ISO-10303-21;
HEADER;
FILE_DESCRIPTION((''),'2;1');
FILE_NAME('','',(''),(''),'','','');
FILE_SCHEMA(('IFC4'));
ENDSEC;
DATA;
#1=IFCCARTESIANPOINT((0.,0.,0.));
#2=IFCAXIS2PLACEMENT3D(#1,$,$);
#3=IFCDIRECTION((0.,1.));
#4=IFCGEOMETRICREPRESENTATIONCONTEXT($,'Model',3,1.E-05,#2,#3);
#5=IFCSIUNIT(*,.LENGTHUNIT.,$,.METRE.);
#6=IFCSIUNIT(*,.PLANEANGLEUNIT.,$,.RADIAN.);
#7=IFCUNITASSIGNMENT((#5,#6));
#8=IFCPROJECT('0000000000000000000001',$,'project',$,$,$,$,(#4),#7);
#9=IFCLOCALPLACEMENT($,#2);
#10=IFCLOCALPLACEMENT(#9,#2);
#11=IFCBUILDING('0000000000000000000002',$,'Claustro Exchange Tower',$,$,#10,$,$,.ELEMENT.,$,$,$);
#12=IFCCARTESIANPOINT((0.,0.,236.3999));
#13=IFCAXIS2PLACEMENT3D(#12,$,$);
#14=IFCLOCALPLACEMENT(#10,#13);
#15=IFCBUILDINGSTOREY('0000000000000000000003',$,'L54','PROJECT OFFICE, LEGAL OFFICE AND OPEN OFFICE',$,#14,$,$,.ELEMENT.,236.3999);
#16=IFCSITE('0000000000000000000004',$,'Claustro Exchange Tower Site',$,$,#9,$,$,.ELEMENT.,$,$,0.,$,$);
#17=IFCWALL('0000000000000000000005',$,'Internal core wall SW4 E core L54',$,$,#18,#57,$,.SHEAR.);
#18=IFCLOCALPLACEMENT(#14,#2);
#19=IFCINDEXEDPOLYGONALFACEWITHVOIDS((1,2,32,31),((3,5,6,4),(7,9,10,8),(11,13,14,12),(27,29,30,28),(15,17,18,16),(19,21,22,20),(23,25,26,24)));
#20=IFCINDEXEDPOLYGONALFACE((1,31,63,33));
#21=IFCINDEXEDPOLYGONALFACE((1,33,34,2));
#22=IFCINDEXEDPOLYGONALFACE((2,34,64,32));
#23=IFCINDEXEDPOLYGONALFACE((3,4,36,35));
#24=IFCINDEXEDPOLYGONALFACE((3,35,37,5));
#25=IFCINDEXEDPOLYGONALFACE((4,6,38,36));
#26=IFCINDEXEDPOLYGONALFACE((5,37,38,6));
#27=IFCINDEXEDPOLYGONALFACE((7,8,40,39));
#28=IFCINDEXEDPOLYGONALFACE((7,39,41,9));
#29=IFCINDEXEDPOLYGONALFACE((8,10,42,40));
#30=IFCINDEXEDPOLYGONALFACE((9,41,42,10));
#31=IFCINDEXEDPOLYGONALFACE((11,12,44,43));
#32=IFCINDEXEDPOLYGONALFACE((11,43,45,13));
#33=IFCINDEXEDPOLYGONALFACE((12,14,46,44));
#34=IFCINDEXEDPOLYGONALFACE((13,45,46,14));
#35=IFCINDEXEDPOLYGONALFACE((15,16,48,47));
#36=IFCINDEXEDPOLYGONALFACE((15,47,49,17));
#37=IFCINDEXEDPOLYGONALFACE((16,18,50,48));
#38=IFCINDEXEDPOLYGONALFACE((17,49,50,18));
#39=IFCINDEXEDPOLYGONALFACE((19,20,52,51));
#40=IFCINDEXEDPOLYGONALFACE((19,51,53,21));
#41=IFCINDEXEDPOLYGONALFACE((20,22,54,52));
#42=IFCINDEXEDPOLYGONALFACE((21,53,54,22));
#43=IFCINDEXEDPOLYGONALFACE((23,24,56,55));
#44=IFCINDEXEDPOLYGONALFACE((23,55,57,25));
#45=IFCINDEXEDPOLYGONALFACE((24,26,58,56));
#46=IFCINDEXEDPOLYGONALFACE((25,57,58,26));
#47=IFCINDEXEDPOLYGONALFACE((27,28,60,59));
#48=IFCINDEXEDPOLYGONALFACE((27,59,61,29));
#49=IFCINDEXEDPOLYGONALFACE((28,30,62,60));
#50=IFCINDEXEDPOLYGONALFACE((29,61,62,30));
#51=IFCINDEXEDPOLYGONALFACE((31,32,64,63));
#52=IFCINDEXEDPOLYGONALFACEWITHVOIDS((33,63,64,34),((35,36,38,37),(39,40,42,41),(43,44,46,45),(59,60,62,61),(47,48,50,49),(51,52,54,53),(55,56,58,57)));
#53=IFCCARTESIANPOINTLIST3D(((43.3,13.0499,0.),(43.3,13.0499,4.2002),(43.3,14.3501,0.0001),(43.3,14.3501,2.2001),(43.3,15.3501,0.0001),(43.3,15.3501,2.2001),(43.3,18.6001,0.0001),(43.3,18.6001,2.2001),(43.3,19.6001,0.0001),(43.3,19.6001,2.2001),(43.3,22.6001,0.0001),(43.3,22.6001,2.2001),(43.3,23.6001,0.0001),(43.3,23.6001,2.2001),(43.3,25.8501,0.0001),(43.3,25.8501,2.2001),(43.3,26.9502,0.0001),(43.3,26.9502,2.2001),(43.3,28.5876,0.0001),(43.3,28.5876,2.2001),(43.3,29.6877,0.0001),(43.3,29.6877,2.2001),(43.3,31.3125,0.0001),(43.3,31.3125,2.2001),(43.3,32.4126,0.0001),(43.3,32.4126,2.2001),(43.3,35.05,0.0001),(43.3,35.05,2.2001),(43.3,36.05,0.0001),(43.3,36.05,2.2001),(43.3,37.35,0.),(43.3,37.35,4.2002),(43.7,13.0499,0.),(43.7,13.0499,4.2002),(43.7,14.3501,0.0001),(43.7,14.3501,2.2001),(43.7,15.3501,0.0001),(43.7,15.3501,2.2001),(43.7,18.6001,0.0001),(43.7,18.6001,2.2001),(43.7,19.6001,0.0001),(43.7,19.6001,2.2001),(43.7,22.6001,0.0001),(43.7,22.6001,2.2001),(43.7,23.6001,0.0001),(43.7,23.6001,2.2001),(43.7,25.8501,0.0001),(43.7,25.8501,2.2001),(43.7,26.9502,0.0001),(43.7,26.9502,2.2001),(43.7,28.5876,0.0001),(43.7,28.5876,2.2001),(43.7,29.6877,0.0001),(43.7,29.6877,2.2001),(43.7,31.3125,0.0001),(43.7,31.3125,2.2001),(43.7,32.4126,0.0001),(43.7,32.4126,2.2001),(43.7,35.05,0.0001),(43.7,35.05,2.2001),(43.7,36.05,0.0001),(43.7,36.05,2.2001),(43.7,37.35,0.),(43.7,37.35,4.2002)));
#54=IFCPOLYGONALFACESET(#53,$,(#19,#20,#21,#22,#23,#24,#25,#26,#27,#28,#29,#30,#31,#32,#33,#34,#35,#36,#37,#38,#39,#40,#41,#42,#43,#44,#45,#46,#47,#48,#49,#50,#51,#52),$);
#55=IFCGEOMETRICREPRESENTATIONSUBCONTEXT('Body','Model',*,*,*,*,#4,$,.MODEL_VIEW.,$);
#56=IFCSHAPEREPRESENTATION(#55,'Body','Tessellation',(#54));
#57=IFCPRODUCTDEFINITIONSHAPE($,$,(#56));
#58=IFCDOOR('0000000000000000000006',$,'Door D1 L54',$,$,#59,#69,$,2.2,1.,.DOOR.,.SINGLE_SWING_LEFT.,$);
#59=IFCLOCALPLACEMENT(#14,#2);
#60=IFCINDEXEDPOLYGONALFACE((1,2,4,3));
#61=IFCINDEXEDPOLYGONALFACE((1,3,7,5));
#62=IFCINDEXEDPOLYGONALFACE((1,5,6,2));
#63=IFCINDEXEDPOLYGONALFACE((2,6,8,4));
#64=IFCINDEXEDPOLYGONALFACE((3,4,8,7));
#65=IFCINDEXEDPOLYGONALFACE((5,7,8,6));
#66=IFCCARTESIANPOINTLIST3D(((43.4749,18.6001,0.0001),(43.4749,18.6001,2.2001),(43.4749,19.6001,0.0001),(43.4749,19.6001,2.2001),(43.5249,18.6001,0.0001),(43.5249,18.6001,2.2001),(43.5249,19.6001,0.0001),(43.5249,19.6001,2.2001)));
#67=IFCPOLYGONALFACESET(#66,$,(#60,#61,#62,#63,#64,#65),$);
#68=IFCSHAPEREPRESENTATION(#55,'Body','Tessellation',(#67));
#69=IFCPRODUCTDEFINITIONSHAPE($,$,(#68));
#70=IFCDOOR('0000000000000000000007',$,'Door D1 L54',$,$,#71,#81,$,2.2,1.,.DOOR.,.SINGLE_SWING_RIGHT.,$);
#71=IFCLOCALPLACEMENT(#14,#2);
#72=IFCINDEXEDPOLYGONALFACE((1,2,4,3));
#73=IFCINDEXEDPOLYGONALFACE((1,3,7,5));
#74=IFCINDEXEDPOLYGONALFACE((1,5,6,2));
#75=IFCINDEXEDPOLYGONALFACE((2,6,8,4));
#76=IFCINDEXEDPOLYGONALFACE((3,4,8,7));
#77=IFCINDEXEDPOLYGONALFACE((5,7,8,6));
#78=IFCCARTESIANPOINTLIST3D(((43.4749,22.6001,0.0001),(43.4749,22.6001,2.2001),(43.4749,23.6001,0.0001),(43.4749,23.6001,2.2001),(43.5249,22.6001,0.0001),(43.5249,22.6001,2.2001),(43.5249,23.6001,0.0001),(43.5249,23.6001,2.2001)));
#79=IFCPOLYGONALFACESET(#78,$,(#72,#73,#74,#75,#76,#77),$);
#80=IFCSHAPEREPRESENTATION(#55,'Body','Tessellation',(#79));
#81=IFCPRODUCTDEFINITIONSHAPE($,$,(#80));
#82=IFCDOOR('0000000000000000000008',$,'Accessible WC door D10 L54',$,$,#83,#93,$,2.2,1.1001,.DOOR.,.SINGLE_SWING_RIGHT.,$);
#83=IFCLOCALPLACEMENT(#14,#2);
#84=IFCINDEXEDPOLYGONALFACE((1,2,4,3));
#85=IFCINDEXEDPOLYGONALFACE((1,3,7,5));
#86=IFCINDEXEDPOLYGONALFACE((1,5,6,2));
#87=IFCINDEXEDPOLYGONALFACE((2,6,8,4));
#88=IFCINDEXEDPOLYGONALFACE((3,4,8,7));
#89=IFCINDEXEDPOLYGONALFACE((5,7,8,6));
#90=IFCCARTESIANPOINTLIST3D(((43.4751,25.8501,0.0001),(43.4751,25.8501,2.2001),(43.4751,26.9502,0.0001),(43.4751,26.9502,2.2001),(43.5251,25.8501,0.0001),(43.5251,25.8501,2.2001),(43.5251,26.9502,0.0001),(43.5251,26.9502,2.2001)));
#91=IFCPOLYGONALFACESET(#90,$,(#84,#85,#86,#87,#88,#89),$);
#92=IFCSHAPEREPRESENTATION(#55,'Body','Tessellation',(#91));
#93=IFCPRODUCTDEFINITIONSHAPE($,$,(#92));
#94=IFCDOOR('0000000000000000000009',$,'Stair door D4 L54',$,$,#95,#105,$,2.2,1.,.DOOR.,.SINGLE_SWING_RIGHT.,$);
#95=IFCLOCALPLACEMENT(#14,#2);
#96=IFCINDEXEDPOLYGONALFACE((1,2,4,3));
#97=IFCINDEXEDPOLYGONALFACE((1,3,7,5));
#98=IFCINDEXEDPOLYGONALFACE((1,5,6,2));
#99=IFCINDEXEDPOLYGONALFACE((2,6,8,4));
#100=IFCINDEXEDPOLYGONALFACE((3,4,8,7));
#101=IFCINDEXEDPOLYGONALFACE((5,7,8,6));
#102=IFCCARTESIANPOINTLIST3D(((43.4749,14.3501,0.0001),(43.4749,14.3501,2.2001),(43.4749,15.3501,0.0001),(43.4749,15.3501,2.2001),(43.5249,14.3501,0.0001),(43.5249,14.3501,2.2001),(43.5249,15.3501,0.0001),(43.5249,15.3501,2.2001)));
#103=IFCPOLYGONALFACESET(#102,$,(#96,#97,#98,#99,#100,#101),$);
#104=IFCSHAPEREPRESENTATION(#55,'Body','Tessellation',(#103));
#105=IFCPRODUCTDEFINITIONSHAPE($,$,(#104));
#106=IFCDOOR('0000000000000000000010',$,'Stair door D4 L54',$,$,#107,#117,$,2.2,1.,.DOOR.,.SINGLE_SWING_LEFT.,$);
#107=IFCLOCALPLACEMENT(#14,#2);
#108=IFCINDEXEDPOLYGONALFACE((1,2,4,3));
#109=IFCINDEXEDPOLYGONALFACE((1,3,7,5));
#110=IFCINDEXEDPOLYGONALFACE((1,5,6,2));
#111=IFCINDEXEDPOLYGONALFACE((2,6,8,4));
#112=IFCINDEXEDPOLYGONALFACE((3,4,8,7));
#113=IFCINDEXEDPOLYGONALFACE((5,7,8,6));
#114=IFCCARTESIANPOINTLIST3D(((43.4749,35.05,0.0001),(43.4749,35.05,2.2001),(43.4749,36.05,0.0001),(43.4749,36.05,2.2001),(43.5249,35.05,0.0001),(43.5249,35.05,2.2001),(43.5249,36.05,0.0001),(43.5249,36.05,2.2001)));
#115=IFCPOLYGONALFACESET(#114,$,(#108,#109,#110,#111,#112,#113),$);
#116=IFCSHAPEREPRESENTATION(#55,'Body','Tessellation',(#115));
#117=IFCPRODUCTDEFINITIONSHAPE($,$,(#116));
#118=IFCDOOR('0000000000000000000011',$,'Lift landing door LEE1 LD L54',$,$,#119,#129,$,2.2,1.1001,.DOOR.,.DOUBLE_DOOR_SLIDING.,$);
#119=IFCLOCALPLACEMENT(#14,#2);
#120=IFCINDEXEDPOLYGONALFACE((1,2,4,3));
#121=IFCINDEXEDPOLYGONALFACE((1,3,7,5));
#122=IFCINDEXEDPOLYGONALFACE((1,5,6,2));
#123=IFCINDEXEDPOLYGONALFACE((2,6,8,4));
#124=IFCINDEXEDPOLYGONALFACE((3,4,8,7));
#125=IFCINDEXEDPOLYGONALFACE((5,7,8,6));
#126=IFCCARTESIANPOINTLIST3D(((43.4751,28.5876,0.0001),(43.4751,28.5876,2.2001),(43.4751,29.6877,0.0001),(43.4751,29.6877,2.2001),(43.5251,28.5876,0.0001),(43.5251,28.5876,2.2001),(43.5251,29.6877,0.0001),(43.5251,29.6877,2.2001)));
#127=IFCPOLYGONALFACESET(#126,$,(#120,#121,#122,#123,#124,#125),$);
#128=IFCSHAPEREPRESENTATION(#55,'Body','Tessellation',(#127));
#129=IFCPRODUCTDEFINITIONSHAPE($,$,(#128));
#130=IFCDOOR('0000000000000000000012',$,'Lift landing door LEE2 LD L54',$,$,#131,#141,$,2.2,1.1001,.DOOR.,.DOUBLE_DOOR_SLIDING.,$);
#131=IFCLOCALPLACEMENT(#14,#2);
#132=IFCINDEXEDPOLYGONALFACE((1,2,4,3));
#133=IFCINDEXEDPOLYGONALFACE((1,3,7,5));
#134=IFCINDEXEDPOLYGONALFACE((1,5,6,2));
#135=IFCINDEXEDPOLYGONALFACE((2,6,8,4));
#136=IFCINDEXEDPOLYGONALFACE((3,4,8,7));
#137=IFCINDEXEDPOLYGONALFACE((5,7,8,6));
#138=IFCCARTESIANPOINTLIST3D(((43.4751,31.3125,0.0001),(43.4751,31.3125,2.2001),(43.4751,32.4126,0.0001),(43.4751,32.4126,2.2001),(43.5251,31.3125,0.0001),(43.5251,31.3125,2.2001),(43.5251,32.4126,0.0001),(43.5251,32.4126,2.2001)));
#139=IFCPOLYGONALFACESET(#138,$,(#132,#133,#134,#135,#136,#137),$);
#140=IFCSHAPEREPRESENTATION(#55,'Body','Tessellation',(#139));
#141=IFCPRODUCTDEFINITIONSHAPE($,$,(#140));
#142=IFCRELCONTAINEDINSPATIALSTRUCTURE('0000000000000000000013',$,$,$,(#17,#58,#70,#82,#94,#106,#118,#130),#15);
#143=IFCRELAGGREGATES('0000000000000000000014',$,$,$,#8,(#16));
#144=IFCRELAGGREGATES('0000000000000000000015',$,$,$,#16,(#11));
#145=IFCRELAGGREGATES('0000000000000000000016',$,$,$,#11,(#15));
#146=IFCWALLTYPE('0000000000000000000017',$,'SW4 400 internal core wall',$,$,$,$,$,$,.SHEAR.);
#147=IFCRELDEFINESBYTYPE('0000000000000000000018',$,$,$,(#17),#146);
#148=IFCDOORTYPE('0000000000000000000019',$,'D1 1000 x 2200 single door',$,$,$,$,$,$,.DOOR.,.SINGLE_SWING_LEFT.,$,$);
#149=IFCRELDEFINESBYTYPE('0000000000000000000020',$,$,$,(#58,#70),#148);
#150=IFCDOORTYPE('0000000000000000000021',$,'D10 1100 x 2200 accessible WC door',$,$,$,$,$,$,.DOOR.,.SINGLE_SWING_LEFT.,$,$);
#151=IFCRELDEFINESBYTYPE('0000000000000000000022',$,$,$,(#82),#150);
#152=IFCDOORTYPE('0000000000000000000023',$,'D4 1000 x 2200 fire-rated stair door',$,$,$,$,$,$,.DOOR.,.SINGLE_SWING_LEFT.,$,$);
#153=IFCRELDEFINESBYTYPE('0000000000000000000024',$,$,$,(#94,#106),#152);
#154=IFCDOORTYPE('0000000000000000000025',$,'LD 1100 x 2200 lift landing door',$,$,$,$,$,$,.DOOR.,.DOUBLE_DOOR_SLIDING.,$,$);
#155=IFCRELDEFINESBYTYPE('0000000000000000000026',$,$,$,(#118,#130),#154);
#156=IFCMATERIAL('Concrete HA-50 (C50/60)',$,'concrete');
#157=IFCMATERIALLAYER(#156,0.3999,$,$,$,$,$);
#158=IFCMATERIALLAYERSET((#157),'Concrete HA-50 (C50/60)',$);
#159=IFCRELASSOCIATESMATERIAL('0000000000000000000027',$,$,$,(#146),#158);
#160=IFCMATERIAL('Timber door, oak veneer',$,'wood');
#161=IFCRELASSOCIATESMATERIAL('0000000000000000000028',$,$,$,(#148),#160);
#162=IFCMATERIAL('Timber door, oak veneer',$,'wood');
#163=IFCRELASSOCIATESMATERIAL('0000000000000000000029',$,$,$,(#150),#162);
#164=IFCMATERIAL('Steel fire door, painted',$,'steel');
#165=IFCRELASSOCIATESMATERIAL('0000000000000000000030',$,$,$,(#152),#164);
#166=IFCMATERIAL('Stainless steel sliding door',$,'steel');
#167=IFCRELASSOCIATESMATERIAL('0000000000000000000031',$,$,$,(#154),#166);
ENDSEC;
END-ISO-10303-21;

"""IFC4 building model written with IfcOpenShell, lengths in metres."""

from ifc_helpers import new_model, si_unit, direction, frame, frame_2d, origin, place, context, subcontext, project, spatial, rectangle, extrude, material, layer, layer_set, type_object, element, fill, save


model = new_model("IFC4")

# Units and contexts
model_context = context("Model", 3, precision=1e-05, world=origin(), true_north=direction((0.0, 1.0)))
body_context = subcontext(model_context, "Body", "Model", "MODEL_VIEW")
ifc_project = project(units=[si_unit("LENGTHUNIT", "METRE"), si_unit("PLANEANGLEUNIT", "RADIAN")], contexts=[model_context])

# Site, building, storey
site_placement = place(None, origin())
site = spatial("IfcSite", under=ifc_project, at=site_placement, Name="Claustro Exchange Tower Site", CompositionType="ELEMENT", RefElevation=0.0)
building_placement = place(site_placement, origin())
building = spatial("IfcBuilding", under=site, at=building_placement, Name="Claustro Exchange Tower", CompositionType="ELEMENT")
storey_placement = place(building_placement, frame((0.0, 0.0, 236.3999)))
storey = spatial("IfcBuildingStorey", under=building, at=storey_placement, Name="L54", Description="PROJECT OFFICE, LEGAL OFFICE AND OPEN OFFICE", CompositionType="ELEMENT", Elevation=236.3999)

# Wall, openings, doors
ifc_material_1 = material(Name="Concrete HA-50 (C50/60)", Category="concrete")
ifc_layer_1 = layer(ifc_material_1, 0.3999)
ifc_layer_set_1 = layer_set([ifc_layer_1], Name="Concrete HA-50 (C50/60)")
wall_type_1 = type_object("IfcWallType", Name="SW4 400 internal core wall", PredefinedType="SHEAR", material=ifc_layer_set_1)
wall_1_placement = place(storey_placement, frame((43.5, 13.05, 0.0), z_axis=(0.0, 0.0, 1.0), x_axis=(0.0, 1.0, 0.0)))
wall_1 = element("IfcWall", 1, at=wall_1_placement, inside=storey, type_object=wall_type_1, Name="Internal core wall SW4 E core L54", PredefinedType="SHEAR", context=body_context, shape_type="SweptSolid", body=[
    extrude(rectangle(XDim=24.3, YDim=0.3999, at=frame_2d((12.1499, 0.0))), origin(), (0.0, 0.0, 1.0), 4.2002),
])
opening_1_placement = place(wall_1_placement, frame((1.3, 0.0, 0.0)))
opening_1 = element("IfcOpeningElement", 2, at=opening_1_placement, cuts=wall_1, PredefinedType="OPENING", context=body_context, shape_type="SweptSolid", body=[
    extrude(rectangle(XDim=1.0, YDim=2.2, at=frame_2d((0.5, 1.1001))), frame((0.0, 0.21, 0.0), z_axis=(0.0, -1.0, 0.0), x_axis=(1.0, 0.0, 0.0)), (0.0, 0.0, 1.0), 0.4199),
])
opening_2_placement = place(wall_1_placement, frame((22.0, 0.0, 0.0)))
opening_2 = element("IfcOpeningElement", 3, at=opening_2_placement, cuts=wall_1, PredefinedType="OPENING", context=body_context, shape_type="SweptSolid", body=[
    extrude(rectangle(XDim=1.0, YDim=2.2, at=frame_2d((0.5, 1.1001))), frame((0.0, 0.21, 0.0), z_axis=(0.0, -1.0, 0.0), x_axis=(1.0, 0.0, 0.0)), (0.0, 0.0, 1.0), 0.4199),
])
opening_3_placement = place(wall_1_placement, frame((5.55, 0.0, 0.0)))
opening_3 = element("IfcOpeningElement", 4, at=opening_3_placement, cuts=wall_1, PredefinedType="OPENING", context=body_context, shape_type="SweptSolid", body=[
    extrude(rectangle(XDim=1.0, YDim=2.2, at=frame_2d((0.5, 1.1001))), frame((0.0, 0.21, 0.0), z_axis=(0.0, -1.0, 0.0), x_axis=(1.0, 0.0, 0.0)), (0.0, 0.0, 1.0), 0.4199),
])
opening_4_placement = place(wall_1_placement, frame((9.55, 0.0, 0.0)))
opening_4 = element("IfcOpeningElement", 5, at=opening_4_placement, cuts=wall_1, PredefinedType="OPENING", context=body_context, shape_type="SweptSolid", body=[
    extrude(rectangle(XDim=1.0, YDim=2.2, at=frame_2d((0.5, 1.1001))), frame((0.0, 0.21, 0.0), z_axis=(0.0, -1.0, 0.0), x_axis=(1.0, 0.0, 0.0)), (0.0, 0.0, 1.0), 0.4199),
])
opening_5_placement = place(wall_1_placement, frame((12.8, 0.0, 0.0)))
opening_5 = element("IfcOpeningElement", 6, at=opening_5_placement, cuts=wall_1, PredefinedType="OPENING", context=body_context, shape_type="SweptSolid", body=[
    extrude(rectangle(XDim=1.1001, YDim=2.2, at=frame_2d((0.55, 1.1001))), frame((0.0, 0.21, 0.0), z_axis=(0.0, -1.0, 0.0), x_axis=(1.0, 0.0, 0.0)), (0.0, 0.0, 1.0), 0.4199),
])
opening_6_placement = place(wall_1_placement, frame((15.5376, 0.0, 0.0)))
opening_6 = element("IfcOpeningElement", 7, at=opening_6_placement, cuts=wall_1, PredefinedType="OPENING", context=body_context, shape_type="SweptSolid", body=[
    extrude(rectangle(XDim=1.1001, YDim=2.2, at=frame_2d((0.55, 1.1001))), frame((0.0, 0.21, 0.0), z_axis=(0.0, -1.0, 0.0), x_axis=(1.0, 0.0, 0.0)), (0.0, 0.0, 1.0), 0.4199),
])
opening_7_placement = place(wall_1_placement, frame((18.2625, 0.0, 0.0)))
opening_7 = element("IfcOpeningElement", 8, at=opening_7_placement, cuts=wall_1, PredefinedType="OPENING", context=body_context, shape_type="SweptSolid", body=[
    extrude(rectangle(XDim=1.1001, YDim=2.2, at=frame_2d((0.55, 1.1001))), frame((0.0, 0.21, 0.0), z_axis=(0.0, -1.0, 0.0), x_axis=(1.0, 0.0, 0.0)), (0.0, 0.0, 1.0), 0.4199),
])
ifc_material_2 = material(Name="Timber door, oak veneer", Category="wood")
door_type_1 = type_object("IfcDoorType", Name="D1 1000 x 2200 single door", OperationType="SINGLE_SWING_LEFT", PredefinedType="DOOR", material=ifc_material_2)
door_1_placement = place(opening_3_placement, frame((1.0, 0.0, 0.0), z_axis=(0.0, 0.0, 1.0), x_axis=(-1.0, 0.0, 0.0)))
door_1 = element("IfcDoor", 9, at=door_1_placement, inside=storey, type_object=door_type_1, Name="Door D1 L54", OperationType="SINGLE_SWING_LEFT", OverallHeight=2.2, OverallWidth=1.0, PredefinedType="DOOR", context=body_context, shape_type="SweptSolid", body=[
    extrude(rectangle(XDim=1.0, YDim=2.2, at=frame_2d((0.5, 1.1001))), frame((0.0, 0.0249, 0.0), z_axis=(0.0, -1.0, 0.0), x_axis=(1.0, 0.0, 0.0)), (0.0, 0.0, 1.0), 0.05),
])
fill(opening_3, door_1)
door_2_placement = place(opening_4_placement, frame((1.0, 0.0, 0.0), z_axis=(0.0, 0.0, 1.0), x_axis=(-1.0, 0.0, 0.0)))
door_2 = element("IfcDoor", 10, at=door_2_placement, inside=storey, type_object=door_type_1, Name="Door D1 L54", OperationType="SINGLE_SWING_RIGHT", OverallHeight=2.2, OverallWidth=1.0, PredefinedType="DOOR", context=body_context, shape_type="SweptSolid", body=[
    extrude(rectangle(XDim=1.0, YDim=2.2, at=frame_2d((0.5, 1.1001))), frame((0.0, 0.0249, 0.0), z_axis=(0.0, -1.0, 0.0), x_axis=(1.0, 0.0, 0.0)), (0.0, 0.0, 1.0), 0.05),
])
fill(opening_4, door_2)
ifc_material_3 = material(Name="Timber door, oak veneer", Category="wood")
door_type_2 = type_object("IfcDoorType", Name="D10 1100 x 2200 accessible WC door", OperationType="SINGLE_SWING_LEFT", PredefinedType="DOOR", material=ifc_material_3)
door_3_placement = place(opening_5_placement, origin())
door_3 = element("IfcDoor", 11, at=door_3_placement, inside=storey, type_object=door_type_2, Name="Accessible WC door D10 L54", OperationType="SINGLE_SWING_RIGHT", OverallHeight=2.2, OverallWidth=1.1001, PredefinedType="DOOR", context=body_context, shape_type="SweptSolid", body=[
    extrude(rectangle(XDim=1.1001, YDim=2.2, at=frame_2d((0.55, 1.1001))), frame((0.0, 0.0249, 0.0), z_axis=(0.0, -1.0, 0.0), x_axis=(1.0, 0.0, 0.0)), (0.0, 0.0, 1.0), 0.05),
])
fill(opening_5, door_3)
ifc_material_4 = material(Name="Steel fire door, painted", Category="steel")
door_type_3 = type_object("IfcDoorType", Name="D4 1000 x 2200 fire-rated stair door", OperationType="SINGLE_SWING_LEFT", PredefinedType="DOOR", material=ifc_material_4)
door_4_placement = place(opening_1_placement, frame((1.0, 0.0, 0.0), z_axis=(0.0, 0.0, 1.0), x_axis=(-1.0, 0.0, 0.0)))
door_4 = element("IfcDoor", 12, at=door_4_placement, inside=storey, type_object=door_type_3, Name="Stair door D4 L54", OperationType="SINGLE_SWING_RIGHT", OverallHeight=2.2, OverallWidth=1.0, PredefinedType="DOOR", context=body_context, shape_type="SweptSolid", body=[
    extrude(rectangle(XDim=1.0, YDim=2.2, at=frame_2d((0.5, 1.1001))), frame((0.0, 0.0249, 0.0), z_axis=(0.0, -1.0, 0.0), x_axis=(1.0, 0.0, 0.0)), (0.0, 0.0, 1.0), 0.05),
])
fill(opening_1, door_4)
door_5_placement = place(opening_2_placement, frame((1.0, 0.0, 0.0), z_axis=(0.0, 0.0, 1.0), x_axis=(-1.0, 0.0, 0.0)))
door_5 = element("IfcDoor", 13, at=door_5_placement, inside=storey, type_object=door_type_3, Name="Stair door D4 L54", OperationType="SINGLE_SWING_LEFT", OverallHeight=2.2, OverallWidth=1.0, PredefinedType="DOOR", context=body_context, shape_type="SweptSolid", body=[
    extrude(rectangle(XDim=1.0, YDim=2.2, at=frame_2d((0.5, 1.1001))), frame((0.0, 0.0249, 0.0), z_axis=(0.0, -1.0, 0.0), x_axis=(1.0, 0.0, 0.0)), (0.0, 0.0, 1.0), 0.05),
])
fill(opening_2, door_5)
ifc_material_5 = material(Name="Stainless steel sliding door", Category="steel")
door_type_4 = type_object("IfcDoorType", Name="LD 1100 x 2200 lift landing door", OperationType="DOUBLE_DOOR_SLIDING", PredefinedType="DOOR", material=ifc_material_5)
door_6_placement = place(opening_6_placement, origin())
door_6 = element("IfcDoor", 14, at=door_6_placement, inside=storey, type_object=door_type_4, Name="Lift landing door LEE1 LD L54", OperationType="DOUBLE_DOOR_SLIDING", OverallHeight=2.2, OverallWidth=1.1001, PredefinedType="DOOR", context=body_context, shape_type="SweptSolid", body=[
    extrude(rectangle(XDim=1.1001, YDim=2.2, at=frame_2d((0.55, 1.1001))), frame((0.0, 0.0249, 0.0), z_axis=(0.0, -1.0, 0.0), x_axis=(1.0, 0.0, 0.0)), (0.0, 0.0, 1.0), 0.05),
])
fill(opening_6, door_6)
door_7_placement = place(opening_7_placement, origin())
door_7 = element("IfcDoor", 15, at=door_7_placement, inside=storey, type_object=door_type_4, Name="Lift landing door LEE2 LD L54", OperationType="DOUBLE_DOOR_SLIDING", OverallHeight=2.2, OverallWidth=1.1001, PredefinedType="DOOR", context=body_context, shape_type="SweptSolid", body=[
    extrude(rectangle(XDim=1.1001, YDim=2.2, at=frame_2d((0.55, 1.1001))), frame((0.0, 0.0249, 0.0), z_axis=(0.0, -1.0, 0.0), x_axis=(1.0, 0.0, 0.0)), (0.0, 0.0, 1.0), 0.05),
])
fill(opening_7, door_7)

save(model, "model.ifc")
